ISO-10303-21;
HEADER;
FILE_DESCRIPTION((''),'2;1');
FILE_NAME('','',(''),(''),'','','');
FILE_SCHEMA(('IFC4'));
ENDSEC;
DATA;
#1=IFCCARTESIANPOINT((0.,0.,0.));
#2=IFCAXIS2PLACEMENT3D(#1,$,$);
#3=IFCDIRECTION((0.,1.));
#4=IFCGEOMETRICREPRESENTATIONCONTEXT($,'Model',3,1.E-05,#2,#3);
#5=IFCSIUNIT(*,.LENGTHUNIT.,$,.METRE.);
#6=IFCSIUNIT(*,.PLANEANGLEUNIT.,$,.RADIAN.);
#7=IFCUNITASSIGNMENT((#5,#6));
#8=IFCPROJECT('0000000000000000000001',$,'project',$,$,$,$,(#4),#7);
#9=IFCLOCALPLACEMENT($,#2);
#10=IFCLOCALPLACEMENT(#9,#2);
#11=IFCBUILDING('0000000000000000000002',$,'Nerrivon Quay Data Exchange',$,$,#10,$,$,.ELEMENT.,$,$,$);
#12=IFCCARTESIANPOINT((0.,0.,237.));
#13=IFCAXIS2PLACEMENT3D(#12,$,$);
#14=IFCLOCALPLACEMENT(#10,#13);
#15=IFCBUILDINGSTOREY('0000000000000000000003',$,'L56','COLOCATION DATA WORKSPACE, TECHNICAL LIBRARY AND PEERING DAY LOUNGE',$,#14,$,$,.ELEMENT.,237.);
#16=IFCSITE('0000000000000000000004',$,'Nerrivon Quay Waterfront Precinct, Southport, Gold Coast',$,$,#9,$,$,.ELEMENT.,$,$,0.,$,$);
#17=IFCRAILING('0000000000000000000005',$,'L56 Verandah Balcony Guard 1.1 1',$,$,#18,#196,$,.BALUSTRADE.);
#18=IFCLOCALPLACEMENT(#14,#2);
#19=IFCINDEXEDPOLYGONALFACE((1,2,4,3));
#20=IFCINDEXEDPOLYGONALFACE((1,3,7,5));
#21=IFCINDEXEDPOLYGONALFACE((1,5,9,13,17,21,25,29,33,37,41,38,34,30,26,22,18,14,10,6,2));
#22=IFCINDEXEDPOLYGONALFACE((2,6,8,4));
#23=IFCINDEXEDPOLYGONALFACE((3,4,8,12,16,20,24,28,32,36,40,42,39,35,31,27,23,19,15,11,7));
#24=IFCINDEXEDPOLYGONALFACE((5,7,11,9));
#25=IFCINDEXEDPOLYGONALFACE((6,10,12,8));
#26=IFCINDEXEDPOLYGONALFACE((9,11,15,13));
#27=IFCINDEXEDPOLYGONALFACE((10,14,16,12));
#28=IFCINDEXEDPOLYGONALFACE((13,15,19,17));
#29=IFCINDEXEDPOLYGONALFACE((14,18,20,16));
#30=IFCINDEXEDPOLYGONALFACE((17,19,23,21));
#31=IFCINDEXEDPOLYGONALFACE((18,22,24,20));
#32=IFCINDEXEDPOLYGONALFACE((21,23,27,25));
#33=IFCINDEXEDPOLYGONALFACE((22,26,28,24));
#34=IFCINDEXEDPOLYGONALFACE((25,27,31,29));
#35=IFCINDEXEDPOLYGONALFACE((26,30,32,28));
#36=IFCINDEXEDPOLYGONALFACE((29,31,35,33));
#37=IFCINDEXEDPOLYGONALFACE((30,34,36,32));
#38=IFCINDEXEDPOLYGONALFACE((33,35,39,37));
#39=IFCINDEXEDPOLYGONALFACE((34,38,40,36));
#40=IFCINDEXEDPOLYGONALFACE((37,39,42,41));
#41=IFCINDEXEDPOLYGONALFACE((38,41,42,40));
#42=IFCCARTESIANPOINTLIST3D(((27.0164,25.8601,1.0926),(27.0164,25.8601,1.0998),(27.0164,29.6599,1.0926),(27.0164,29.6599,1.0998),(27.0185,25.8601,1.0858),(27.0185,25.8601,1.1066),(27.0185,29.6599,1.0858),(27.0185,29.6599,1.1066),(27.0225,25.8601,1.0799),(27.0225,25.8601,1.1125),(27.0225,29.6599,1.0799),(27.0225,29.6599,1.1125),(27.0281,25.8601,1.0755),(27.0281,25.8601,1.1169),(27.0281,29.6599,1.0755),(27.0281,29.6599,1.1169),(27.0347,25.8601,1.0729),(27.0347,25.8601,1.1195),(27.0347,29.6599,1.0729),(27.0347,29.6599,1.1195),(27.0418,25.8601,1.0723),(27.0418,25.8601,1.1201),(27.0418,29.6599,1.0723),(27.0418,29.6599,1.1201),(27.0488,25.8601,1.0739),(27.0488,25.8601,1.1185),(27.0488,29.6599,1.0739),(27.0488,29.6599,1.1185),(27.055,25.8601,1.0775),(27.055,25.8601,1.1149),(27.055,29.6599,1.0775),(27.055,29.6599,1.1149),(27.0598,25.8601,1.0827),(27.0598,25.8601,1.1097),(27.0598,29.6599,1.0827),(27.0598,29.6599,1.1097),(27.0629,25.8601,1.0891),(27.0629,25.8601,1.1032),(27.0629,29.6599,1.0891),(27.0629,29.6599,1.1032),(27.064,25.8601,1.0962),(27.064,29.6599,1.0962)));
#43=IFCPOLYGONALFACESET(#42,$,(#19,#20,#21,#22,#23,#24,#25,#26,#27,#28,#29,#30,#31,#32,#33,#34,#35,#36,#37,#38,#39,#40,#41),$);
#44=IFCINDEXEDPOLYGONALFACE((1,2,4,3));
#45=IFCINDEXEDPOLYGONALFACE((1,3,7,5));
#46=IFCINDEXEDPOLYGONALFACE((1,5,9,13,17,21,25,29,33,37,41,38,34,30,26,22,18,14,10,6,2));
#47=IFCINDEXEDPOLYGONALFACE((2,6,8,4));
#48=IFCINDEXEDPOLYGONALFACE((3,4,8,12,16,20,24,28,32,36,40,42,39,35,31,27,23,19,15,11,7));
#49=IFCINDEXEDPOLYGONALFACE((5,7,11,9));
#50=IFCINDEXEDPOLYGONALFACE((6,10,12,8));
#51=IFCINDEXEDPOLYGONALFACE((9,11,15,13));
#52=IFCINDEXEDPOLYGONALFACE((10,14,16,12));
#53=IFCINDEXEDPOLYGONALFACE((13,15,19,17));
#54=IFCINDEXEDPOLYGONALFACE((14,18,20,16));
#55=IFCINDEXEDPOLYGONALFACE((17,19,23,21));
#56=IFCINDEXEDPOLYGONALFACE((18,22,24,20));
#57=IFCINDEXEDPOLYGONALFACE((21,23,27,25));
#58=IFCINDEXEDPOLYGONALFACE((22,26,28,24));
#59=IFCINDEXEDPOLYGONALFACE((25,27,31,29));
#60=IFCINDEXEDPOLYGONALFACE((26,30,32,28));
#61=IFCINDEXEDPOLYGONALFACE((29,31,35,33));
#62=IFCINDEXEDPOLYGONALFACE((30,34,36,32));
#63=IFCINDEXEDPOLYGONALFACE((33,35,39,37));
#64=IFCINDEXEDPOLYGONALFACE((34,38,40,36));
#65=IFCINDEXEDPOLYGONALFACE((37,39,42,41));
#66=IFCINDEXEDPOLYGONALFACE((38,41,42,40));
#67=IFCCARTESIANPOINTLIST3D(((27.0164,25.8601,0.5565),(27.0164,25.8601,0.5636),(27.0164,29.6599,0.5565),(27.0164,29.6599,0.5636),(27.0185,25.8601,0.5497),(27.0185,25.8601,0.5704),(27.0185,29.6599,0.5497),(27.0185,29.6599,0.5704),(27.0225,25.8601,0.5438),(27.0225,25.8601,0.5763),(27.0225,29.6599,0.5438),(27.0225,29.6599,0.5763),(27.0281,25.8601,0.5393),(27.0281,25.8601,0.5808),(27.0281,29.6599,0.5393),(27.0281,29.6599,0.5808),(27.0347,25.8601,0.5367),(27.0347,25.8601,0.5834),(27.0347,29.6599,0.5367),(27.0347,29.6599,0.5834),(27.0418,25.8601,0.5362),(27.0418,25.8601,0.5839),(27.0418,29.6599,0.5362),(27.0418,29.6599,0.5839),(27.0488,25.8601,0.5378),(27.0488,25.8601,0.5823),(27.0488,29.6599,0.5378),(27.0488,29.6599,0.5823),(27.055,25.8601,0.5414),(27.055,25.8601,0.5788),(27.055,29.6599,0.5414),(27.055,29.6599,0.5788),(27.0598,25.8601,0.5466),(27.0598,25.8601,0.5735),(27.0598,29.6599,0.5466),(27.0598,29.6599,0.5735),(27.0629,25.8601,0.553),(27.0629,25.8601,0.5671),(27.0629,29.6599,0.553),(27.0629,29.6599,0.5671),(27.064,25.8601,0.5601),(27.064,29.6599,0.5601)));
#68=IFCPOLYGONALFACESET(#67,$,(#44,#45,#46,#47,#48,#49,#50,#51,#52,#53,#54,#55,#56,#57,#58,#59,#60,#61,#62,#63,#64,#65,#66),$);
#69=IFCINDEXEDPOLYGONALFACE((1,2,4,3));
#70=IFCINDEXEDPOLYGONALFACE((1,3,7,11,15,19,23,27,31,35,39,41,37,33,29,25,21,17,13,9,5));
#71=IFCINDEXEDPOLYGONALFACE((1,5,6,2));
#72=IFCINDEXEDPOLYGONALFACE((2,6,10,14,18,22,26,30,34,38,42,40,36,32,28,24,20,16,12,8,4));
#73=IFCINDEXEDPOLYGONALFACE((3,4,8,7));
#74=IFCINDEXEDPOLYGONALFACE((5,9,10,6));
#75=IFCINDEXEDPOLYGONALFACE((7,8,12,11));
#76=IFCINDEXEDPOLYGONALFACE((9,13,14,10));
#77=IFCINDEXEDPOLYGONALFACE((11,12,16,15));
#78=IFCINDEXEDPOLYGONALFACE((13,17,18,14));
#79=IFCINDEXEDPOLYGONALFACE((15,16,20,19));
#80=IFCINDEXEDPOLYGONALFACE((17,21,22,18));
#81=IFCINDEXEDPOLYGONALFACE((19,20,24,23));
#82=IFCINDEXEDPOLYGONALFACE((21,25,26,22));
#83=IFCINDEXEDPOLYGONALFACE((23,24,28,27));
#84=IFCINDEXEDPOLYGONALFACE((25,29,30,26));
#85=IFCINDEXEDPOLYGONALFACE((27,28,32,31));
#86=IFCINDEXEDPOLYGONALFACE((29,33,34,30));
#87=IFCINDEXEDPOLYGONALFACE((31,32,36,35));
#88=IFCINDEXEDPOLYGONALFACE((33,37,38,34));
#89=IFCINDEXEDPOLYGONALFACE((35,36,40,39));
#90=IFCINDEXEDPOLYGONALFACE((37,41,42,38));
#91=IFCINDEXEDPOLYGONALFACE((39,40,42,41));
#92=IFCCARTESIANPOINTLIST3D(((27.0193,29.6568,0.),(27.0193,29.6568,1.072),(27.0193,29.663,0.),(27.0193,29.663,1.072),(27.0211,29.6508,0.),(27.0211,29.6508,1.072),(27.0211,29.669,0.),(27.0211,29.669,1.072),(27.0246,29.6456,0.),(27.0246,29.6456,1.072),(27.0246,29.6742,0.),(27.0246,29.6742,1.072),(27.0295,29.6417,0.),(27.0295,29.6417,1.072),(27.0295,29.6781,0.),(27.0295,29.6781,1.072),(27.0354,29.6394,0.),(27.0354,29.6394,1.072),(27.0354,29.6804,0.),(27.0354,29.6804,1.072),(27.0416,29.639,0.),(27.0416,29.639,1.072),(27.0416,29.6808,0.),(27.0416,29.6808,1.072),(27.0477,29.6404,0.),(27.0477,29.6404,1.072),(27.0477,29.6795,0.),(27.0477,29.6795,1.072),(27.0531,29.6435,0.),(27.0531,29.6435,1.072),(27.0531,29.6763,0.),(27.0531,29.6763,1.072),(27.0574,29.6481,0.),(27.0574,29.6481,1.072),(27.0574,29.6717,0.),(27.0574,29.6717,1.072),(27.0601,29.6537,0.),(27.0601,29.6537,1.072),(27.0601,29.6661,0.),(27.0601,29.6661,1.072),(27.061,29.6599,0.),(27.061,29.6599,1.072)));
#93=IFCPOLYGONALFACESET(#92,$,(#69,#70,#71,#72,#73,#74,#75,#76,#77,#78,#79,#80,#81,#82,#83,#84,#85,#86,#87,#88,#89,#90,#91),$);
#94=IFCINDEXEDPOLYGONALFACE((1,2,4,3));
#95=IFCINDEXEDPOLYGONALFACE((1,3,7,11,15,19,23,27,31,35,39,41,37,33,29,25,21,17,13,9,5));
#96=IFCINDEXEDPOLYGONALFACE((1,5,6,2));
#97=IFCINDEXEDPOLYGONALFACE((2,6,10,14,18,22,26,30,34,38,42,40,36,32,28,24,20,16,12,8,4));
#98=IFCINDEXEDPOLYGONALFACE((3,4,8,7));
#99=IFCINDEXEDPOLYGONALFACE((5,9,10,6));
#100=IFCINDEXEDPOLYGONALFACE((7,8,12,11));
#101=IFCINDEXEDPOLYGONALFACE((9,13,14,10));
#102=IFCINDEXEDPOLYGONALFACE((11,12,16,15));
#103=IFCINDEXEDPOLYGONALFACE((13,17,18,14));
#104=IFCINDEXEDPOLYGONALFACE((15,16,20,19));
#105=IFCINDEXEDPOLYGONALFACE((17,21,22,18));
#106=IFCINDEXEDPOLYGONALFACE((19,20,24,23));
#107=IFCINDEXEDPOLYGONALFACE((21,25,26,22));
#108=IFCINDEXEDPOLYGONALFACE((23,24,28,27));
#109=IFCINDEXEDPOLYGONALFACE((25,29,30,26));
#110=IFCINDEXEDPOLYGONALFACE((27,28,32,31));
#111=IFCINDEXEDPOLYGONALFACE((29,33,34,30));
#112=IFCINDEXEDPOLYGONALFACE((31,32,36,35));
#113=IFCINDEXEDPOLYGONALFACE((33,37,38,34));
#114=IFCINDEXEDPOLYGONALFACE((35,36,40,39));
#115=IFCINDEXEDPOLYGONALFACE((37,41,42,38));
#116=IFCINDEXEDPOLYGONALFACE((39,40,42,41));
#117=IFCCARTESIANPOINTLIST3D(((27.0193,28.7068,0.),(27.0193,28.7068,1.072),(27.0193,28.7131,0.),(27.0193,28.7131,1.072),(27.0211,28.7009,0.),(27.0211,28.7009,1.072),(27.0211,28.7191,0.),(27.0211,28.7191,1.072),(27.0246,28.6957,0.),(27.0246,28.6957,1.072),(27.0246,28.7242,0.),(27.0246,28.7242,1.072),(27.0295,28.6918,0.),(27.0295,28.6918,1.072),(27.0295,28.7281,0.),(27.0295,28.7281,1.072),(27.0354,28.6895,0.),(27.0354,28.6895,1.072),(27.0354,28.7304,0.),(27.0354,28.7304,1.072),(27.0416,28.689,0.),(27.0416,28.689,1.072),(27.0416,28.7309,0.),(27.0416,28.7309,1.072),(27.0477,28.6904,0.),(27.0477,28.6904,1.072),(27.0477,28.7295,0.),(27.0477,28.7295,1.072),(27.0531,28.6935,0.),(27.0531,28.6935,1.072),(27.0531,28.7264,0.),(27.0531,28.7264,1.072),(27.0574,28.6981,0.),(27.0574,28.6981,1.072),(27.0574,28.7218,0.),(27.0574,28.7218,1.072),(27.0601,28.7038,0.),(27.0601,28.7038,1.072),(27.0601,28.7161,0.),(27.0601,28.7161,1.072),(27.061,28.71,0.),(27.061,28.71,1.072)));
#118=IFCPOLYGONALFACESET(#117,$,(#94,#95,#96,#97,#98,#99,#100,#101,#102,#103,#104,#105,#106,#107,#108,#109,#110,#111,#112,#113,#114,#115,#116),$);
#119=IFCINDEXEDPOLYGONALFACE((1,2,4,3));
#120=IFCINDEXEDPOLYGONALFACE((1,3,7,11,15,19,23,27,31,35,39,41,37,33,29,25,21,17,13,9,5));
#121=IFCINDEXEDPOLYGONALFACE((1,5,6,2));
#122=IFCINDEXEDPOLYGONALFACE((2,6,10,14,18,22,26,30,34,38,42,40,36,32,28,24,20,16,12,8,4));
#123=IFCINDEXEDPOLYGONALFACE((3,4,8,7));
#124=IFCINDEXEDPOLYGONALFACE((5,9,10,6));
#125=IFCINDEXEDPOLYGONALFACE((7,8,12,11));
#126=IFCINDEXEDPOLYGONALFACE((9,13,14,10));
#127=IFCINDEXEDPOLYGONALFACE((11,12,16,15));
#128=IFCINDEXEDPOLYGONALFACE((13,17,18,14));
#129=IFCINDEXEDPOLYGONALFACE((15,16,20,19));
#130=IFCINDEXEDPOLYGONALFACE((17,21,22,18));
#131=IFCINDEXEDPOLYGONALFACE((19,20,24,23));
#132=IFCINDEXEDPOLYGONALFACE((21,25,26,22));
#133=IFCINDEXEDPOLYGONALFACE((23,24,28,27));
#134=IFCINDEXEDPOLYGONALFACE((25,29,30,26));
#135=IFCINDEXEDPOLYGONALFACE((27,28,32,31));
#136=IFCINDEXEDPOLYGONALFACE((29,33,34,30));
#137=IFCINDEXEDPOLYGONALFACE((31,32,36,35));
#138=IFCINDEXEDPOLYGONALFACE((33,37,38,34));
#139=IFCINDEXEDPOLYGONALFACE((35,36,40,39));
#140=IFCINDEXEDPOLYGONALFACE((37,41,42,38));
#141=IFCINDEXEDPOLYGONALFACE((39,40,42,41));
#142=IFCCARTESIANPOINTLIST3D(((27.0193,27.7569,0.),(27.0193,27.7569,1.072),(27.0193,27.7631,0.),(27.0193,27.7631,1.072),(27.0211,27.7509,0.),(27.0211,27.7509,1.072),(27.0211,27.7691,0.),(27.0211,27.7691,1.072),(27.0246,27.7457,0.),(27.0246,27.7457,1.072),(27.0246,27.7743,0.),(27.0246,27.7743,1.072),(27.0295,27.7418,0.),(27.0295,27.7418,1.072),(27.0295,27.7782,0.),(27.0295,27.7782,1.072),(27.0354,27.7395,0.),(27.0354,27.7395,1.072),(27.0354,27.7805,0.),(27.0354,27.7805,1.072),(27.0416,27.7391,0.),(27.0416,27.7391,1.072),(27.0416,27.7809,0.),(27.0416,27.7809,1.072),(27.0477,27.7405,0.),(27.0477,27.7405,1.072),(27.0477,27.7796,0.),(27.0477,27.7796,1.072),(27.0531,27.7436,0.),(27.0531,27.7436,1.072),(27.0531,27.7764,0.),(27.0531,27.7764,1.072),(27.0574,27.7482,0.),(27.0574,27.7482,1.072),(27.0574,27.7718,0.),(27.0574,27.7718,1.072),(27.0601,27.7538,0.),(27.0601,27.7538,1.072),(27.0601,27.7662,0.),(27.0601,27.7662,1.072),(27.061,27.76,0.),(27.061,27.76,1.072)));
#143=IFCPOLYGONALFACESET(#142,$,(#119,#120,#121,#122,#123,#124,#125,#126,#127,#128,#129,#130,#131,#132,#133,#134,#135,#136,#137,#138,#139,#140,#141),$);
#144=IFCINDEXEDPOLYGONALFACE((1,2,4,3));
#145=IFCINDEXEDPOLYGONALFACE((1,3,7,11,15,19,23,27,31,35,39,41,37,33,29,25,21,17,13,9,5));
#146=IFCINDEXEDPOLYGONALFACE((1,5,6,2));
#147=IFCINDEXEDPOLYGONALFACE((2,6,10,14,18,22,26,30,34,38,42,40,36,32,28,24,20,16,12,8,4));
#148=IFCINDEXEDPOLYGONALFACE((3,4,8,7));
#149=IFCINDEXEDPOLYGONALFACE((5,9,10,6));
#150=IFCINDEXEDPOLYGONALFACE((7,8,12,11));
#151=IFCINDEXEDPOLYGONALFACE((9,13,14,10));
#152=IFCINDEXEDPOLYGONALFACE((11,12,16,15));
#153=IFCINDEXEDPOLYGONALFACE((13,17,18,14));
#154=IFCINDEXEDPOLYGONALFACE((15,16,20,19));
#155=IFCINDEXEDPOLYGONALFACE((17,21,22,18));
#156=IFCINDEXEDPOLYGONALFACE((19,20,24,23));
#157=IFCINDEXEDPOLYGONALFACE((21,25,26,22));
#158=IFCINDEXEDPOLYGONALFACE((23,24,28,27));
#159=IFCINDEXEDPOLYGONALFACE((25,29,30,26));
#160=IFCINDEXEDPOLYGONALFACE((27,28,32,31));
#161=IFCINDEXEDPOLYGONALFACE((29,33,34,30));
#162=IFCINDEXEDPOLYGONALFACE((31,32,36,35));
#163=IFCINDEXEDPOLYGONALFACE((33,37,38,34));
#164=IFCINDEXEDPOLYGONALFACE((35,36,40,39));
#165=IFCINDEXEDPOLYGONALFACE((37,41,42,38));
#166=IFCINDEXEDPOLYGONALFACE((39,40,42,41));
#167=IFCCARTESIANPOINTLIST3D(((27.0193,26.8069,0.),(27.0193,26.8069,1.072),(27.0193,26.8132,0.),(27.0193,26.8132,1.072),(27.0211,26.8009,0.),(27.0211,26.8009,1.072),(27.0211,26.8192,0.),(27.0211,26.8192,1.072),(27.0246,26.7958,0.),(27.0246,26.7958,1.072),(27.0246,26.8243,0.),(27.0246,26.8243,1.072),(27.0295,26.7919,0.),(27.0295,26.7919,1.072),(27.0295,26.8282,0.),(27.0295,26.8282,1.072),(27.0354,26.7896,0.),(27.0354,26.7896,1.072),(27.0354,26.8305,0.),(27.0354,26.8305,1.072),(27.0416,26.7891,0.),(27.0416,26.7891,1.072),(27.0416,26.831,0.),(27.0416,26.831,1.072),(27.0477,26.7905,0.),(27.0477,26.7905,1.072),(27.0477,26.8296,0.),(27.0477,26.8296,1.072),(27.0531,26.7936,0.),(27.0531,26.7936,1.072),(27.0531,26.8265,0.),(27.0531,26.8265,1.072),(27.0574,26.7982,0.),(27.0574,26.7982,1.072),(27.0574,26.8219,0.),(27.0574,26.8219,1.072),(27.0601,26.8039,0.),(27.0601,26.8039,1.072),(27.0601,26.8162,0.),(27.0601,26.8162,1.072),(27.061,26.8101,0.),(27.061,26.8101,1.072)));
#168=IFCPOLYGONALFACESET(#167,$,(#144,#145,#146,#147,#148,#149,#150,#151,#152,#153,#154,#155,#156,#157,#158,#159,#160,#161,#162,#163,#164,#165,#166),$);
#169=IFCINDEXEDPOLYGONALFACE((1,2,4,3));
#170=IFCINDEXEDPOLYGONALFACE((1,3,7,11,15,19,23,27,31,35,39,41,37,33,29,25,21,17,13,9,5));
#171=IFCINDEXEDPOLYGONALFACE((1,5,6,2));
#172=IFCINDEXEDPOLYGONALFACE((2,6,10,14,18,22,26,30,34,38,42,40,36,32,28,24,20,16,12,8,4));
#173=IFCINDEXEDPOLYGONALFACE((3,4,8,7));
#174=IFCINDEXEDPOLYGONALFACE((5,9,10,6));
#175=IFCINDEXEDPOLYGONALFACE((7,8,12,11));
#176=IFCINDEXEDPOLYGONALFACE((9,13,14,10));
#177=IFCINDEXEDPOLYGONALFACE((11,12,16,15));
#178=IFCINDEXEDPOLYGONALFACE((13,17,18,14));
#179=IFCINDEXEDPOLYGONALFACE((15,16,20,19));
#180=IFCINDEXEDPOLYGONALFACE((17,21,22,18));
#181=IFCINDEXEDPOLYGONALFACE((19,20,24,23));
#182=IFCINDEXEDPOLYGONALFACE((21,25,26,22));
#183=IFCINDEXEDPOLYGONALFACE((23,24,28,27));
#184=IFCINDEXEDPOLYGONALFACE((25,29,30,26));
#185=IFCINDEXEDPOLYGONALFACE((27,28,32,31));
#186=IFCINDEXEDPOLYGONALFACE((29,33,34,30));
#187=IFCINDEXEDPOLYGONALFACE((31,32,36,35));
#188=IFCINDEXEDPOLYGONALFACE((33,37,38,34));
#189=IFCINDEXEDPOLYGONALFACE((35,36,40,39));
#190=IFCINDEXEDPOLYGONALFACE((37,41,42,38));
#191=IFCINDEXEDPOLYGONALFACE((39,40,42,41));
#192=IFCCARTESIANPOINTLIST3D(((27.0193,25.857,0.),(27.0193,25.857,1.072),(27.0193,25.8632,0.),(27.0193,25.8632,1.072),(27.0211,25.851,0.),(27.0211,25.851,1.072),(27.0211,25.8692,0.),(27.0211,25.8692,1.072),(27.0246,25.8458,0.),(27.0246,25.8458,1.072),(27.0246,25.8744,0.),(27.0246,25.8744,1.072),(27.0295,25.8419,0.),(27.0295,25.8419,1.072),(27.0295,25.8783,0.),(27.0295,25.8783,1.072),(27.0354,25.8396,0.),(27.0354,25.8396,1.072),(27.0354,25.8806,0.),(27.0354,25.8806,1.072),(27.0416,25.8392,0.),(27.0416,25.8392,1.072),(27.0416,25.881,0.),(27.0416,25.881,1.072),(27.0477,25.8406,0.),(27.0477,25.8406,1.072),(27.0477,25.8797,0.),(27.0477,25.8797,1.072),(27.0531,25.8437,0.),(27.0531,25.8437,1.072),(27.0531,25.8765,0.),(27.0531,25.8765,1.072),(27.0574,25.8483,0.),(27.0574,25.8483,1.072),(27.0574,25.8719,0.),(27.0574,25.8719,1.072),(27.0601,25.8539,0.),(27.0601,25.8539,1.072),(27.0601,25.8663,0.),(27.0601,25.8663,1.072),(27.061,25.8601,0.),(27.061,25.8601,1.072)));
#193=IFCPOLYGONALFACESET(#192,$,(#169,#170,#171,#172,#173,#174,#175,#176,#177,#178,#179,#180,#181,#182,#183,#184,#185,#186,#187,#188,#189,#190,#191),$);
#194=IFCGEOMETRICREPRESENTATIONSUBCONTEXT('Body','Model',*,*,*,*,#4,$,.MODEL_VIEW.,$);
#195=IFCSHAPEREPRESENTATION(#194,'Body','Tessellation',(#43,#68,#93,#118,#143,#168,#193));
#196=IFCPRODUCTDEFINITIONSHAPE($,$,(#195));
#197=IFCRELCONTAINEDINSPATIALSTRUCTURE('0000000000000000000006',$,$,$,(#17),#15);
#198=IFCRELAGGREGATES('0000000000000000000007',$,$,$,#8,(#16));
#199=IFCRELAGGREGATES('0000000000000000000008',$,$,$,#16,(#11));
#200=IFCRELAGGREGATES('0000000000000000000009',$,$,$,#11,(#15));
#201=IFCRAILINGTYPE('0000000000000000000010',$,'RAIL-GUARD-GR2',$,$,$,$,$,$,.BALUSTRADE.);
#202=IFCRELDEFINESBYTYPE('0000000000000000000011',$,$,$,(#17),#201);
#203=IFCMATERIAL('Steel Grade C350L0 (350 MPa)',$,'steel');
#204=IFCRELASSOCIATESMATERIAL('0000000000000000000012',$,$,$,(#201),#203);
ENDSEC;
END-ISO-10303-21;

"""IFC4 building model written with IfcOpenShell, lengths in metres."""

from ifc_helpers import new_model, si_unit, direction, frame, origin, origin_2d, place, context, subcontext, project, spatial, circle, extrude, material, type_object, element, save


model = new_model("IFC4")

# Units and contexts
model_context = context("Model", 3, precision=1e-05, world=origin(), true_north=direction((0.0, 1.0)))
body_context = subcontext(model_context, "Body", "Model", "MODEL_VIEW")
ifc_project = project(units=[si_unit("LENGTHUNIT", "METRE"), si_unit("PLANEANGLEUNIT", "RADIAN")], contexts=[model_context])

# Site, building, storey
site_placement = place(None, origin())
site = spatial("IfcSite", under=ifc_project, at=site_placement, Name="Nerrivon Quay Waterfront Precinct, Southport, Gold Coast", CompositionType="ELEMENT", RefElevation=0.0)
building_placement = place(site_placement, origin())
building = spatial("IfcBuilding", under=site, at=building_placement, Name="Nerrivon Quay Data Exchange", CompositionType="ELEMENT")
storey_placement = place(building_placement, frame((0.0, 0.0, 237.0)))
storey = spatial("IfcBuildingStorey", under=building, at=storey_placement, Name="L56", Description="COLOCATION DATA WORKSPACE, TECHNICAL LIBRARY AND PEERING DAY LOUNGE", CompositionType="ELEMENT", Elevation=237.0)

# Shared definitions
ifc_material_1 = material(Name="Steel Grade C350L0 (350 MPa)", Category="steel")

# Railing
railing_type = type_object("IfcRailingType", Name="RAIL-GUARD-GR2", PredefinedType="BALUSTRADE", material=ifc_material_1)
railing_1_placement = place(storey_placement, frame((27.04, 29.6599, 0.0)))
element("IfcRailing", 1, at=railing_1_placement, inside=storey, type_object=railing_type, Name="L56 Verandah Balcony Guard 1.1 1", PredefinedType="BALUSTRADE", context=body_context, shape_type="SweptSolid", body=[
    extrude(circle(Radius=0.0239, at=origin_2d()), frame((0.0, 0.0, 1.0962), z_axis=(0.0, -1.0, 0.0), x_axis=(1.0, 0.0, 0.0)), (0.0, 0.0, 1.0), 3.7998),
    extrude(circle(Radius=0.0239, at=origin_2d()), frame((0.0, 0.0, 0.5601), z_axis=(0.0, -1.0, 0.0), x_axis=(1.0, 0.0, 0.0)), (0.0, 0.0, 1.0), 3.7998),
    extrude(circle(Radius=0.021, at=origin_2d()), origin(), (0.0, 0.0, 1.0), 1.072),
    extrude(circle(Radius=0.021, at=origin_2d()), frame((0.0, -0.95, 0.0)), (0.0, 0.0, 1.0), 1.072),
    extrude(circle(Radius=0.021, at=origin_2d()), frame((0.0, -1.8999, 0.0)), (0.0, 0.0, 1.0), 1.072),
    extrude(circle(Radius=0.021, at=origin_2d()), frame((0.0, -2.8499, 0.0)), (0.0, 0.0, 1.0), 1.072),
    extrude(circle(Radius=0.021, at=origin_2d()), frame((0.0, -3.7998, 0.0)), (0.0, 0.0, 1.0), 1.072),
])

save(model, "model.ifc")
